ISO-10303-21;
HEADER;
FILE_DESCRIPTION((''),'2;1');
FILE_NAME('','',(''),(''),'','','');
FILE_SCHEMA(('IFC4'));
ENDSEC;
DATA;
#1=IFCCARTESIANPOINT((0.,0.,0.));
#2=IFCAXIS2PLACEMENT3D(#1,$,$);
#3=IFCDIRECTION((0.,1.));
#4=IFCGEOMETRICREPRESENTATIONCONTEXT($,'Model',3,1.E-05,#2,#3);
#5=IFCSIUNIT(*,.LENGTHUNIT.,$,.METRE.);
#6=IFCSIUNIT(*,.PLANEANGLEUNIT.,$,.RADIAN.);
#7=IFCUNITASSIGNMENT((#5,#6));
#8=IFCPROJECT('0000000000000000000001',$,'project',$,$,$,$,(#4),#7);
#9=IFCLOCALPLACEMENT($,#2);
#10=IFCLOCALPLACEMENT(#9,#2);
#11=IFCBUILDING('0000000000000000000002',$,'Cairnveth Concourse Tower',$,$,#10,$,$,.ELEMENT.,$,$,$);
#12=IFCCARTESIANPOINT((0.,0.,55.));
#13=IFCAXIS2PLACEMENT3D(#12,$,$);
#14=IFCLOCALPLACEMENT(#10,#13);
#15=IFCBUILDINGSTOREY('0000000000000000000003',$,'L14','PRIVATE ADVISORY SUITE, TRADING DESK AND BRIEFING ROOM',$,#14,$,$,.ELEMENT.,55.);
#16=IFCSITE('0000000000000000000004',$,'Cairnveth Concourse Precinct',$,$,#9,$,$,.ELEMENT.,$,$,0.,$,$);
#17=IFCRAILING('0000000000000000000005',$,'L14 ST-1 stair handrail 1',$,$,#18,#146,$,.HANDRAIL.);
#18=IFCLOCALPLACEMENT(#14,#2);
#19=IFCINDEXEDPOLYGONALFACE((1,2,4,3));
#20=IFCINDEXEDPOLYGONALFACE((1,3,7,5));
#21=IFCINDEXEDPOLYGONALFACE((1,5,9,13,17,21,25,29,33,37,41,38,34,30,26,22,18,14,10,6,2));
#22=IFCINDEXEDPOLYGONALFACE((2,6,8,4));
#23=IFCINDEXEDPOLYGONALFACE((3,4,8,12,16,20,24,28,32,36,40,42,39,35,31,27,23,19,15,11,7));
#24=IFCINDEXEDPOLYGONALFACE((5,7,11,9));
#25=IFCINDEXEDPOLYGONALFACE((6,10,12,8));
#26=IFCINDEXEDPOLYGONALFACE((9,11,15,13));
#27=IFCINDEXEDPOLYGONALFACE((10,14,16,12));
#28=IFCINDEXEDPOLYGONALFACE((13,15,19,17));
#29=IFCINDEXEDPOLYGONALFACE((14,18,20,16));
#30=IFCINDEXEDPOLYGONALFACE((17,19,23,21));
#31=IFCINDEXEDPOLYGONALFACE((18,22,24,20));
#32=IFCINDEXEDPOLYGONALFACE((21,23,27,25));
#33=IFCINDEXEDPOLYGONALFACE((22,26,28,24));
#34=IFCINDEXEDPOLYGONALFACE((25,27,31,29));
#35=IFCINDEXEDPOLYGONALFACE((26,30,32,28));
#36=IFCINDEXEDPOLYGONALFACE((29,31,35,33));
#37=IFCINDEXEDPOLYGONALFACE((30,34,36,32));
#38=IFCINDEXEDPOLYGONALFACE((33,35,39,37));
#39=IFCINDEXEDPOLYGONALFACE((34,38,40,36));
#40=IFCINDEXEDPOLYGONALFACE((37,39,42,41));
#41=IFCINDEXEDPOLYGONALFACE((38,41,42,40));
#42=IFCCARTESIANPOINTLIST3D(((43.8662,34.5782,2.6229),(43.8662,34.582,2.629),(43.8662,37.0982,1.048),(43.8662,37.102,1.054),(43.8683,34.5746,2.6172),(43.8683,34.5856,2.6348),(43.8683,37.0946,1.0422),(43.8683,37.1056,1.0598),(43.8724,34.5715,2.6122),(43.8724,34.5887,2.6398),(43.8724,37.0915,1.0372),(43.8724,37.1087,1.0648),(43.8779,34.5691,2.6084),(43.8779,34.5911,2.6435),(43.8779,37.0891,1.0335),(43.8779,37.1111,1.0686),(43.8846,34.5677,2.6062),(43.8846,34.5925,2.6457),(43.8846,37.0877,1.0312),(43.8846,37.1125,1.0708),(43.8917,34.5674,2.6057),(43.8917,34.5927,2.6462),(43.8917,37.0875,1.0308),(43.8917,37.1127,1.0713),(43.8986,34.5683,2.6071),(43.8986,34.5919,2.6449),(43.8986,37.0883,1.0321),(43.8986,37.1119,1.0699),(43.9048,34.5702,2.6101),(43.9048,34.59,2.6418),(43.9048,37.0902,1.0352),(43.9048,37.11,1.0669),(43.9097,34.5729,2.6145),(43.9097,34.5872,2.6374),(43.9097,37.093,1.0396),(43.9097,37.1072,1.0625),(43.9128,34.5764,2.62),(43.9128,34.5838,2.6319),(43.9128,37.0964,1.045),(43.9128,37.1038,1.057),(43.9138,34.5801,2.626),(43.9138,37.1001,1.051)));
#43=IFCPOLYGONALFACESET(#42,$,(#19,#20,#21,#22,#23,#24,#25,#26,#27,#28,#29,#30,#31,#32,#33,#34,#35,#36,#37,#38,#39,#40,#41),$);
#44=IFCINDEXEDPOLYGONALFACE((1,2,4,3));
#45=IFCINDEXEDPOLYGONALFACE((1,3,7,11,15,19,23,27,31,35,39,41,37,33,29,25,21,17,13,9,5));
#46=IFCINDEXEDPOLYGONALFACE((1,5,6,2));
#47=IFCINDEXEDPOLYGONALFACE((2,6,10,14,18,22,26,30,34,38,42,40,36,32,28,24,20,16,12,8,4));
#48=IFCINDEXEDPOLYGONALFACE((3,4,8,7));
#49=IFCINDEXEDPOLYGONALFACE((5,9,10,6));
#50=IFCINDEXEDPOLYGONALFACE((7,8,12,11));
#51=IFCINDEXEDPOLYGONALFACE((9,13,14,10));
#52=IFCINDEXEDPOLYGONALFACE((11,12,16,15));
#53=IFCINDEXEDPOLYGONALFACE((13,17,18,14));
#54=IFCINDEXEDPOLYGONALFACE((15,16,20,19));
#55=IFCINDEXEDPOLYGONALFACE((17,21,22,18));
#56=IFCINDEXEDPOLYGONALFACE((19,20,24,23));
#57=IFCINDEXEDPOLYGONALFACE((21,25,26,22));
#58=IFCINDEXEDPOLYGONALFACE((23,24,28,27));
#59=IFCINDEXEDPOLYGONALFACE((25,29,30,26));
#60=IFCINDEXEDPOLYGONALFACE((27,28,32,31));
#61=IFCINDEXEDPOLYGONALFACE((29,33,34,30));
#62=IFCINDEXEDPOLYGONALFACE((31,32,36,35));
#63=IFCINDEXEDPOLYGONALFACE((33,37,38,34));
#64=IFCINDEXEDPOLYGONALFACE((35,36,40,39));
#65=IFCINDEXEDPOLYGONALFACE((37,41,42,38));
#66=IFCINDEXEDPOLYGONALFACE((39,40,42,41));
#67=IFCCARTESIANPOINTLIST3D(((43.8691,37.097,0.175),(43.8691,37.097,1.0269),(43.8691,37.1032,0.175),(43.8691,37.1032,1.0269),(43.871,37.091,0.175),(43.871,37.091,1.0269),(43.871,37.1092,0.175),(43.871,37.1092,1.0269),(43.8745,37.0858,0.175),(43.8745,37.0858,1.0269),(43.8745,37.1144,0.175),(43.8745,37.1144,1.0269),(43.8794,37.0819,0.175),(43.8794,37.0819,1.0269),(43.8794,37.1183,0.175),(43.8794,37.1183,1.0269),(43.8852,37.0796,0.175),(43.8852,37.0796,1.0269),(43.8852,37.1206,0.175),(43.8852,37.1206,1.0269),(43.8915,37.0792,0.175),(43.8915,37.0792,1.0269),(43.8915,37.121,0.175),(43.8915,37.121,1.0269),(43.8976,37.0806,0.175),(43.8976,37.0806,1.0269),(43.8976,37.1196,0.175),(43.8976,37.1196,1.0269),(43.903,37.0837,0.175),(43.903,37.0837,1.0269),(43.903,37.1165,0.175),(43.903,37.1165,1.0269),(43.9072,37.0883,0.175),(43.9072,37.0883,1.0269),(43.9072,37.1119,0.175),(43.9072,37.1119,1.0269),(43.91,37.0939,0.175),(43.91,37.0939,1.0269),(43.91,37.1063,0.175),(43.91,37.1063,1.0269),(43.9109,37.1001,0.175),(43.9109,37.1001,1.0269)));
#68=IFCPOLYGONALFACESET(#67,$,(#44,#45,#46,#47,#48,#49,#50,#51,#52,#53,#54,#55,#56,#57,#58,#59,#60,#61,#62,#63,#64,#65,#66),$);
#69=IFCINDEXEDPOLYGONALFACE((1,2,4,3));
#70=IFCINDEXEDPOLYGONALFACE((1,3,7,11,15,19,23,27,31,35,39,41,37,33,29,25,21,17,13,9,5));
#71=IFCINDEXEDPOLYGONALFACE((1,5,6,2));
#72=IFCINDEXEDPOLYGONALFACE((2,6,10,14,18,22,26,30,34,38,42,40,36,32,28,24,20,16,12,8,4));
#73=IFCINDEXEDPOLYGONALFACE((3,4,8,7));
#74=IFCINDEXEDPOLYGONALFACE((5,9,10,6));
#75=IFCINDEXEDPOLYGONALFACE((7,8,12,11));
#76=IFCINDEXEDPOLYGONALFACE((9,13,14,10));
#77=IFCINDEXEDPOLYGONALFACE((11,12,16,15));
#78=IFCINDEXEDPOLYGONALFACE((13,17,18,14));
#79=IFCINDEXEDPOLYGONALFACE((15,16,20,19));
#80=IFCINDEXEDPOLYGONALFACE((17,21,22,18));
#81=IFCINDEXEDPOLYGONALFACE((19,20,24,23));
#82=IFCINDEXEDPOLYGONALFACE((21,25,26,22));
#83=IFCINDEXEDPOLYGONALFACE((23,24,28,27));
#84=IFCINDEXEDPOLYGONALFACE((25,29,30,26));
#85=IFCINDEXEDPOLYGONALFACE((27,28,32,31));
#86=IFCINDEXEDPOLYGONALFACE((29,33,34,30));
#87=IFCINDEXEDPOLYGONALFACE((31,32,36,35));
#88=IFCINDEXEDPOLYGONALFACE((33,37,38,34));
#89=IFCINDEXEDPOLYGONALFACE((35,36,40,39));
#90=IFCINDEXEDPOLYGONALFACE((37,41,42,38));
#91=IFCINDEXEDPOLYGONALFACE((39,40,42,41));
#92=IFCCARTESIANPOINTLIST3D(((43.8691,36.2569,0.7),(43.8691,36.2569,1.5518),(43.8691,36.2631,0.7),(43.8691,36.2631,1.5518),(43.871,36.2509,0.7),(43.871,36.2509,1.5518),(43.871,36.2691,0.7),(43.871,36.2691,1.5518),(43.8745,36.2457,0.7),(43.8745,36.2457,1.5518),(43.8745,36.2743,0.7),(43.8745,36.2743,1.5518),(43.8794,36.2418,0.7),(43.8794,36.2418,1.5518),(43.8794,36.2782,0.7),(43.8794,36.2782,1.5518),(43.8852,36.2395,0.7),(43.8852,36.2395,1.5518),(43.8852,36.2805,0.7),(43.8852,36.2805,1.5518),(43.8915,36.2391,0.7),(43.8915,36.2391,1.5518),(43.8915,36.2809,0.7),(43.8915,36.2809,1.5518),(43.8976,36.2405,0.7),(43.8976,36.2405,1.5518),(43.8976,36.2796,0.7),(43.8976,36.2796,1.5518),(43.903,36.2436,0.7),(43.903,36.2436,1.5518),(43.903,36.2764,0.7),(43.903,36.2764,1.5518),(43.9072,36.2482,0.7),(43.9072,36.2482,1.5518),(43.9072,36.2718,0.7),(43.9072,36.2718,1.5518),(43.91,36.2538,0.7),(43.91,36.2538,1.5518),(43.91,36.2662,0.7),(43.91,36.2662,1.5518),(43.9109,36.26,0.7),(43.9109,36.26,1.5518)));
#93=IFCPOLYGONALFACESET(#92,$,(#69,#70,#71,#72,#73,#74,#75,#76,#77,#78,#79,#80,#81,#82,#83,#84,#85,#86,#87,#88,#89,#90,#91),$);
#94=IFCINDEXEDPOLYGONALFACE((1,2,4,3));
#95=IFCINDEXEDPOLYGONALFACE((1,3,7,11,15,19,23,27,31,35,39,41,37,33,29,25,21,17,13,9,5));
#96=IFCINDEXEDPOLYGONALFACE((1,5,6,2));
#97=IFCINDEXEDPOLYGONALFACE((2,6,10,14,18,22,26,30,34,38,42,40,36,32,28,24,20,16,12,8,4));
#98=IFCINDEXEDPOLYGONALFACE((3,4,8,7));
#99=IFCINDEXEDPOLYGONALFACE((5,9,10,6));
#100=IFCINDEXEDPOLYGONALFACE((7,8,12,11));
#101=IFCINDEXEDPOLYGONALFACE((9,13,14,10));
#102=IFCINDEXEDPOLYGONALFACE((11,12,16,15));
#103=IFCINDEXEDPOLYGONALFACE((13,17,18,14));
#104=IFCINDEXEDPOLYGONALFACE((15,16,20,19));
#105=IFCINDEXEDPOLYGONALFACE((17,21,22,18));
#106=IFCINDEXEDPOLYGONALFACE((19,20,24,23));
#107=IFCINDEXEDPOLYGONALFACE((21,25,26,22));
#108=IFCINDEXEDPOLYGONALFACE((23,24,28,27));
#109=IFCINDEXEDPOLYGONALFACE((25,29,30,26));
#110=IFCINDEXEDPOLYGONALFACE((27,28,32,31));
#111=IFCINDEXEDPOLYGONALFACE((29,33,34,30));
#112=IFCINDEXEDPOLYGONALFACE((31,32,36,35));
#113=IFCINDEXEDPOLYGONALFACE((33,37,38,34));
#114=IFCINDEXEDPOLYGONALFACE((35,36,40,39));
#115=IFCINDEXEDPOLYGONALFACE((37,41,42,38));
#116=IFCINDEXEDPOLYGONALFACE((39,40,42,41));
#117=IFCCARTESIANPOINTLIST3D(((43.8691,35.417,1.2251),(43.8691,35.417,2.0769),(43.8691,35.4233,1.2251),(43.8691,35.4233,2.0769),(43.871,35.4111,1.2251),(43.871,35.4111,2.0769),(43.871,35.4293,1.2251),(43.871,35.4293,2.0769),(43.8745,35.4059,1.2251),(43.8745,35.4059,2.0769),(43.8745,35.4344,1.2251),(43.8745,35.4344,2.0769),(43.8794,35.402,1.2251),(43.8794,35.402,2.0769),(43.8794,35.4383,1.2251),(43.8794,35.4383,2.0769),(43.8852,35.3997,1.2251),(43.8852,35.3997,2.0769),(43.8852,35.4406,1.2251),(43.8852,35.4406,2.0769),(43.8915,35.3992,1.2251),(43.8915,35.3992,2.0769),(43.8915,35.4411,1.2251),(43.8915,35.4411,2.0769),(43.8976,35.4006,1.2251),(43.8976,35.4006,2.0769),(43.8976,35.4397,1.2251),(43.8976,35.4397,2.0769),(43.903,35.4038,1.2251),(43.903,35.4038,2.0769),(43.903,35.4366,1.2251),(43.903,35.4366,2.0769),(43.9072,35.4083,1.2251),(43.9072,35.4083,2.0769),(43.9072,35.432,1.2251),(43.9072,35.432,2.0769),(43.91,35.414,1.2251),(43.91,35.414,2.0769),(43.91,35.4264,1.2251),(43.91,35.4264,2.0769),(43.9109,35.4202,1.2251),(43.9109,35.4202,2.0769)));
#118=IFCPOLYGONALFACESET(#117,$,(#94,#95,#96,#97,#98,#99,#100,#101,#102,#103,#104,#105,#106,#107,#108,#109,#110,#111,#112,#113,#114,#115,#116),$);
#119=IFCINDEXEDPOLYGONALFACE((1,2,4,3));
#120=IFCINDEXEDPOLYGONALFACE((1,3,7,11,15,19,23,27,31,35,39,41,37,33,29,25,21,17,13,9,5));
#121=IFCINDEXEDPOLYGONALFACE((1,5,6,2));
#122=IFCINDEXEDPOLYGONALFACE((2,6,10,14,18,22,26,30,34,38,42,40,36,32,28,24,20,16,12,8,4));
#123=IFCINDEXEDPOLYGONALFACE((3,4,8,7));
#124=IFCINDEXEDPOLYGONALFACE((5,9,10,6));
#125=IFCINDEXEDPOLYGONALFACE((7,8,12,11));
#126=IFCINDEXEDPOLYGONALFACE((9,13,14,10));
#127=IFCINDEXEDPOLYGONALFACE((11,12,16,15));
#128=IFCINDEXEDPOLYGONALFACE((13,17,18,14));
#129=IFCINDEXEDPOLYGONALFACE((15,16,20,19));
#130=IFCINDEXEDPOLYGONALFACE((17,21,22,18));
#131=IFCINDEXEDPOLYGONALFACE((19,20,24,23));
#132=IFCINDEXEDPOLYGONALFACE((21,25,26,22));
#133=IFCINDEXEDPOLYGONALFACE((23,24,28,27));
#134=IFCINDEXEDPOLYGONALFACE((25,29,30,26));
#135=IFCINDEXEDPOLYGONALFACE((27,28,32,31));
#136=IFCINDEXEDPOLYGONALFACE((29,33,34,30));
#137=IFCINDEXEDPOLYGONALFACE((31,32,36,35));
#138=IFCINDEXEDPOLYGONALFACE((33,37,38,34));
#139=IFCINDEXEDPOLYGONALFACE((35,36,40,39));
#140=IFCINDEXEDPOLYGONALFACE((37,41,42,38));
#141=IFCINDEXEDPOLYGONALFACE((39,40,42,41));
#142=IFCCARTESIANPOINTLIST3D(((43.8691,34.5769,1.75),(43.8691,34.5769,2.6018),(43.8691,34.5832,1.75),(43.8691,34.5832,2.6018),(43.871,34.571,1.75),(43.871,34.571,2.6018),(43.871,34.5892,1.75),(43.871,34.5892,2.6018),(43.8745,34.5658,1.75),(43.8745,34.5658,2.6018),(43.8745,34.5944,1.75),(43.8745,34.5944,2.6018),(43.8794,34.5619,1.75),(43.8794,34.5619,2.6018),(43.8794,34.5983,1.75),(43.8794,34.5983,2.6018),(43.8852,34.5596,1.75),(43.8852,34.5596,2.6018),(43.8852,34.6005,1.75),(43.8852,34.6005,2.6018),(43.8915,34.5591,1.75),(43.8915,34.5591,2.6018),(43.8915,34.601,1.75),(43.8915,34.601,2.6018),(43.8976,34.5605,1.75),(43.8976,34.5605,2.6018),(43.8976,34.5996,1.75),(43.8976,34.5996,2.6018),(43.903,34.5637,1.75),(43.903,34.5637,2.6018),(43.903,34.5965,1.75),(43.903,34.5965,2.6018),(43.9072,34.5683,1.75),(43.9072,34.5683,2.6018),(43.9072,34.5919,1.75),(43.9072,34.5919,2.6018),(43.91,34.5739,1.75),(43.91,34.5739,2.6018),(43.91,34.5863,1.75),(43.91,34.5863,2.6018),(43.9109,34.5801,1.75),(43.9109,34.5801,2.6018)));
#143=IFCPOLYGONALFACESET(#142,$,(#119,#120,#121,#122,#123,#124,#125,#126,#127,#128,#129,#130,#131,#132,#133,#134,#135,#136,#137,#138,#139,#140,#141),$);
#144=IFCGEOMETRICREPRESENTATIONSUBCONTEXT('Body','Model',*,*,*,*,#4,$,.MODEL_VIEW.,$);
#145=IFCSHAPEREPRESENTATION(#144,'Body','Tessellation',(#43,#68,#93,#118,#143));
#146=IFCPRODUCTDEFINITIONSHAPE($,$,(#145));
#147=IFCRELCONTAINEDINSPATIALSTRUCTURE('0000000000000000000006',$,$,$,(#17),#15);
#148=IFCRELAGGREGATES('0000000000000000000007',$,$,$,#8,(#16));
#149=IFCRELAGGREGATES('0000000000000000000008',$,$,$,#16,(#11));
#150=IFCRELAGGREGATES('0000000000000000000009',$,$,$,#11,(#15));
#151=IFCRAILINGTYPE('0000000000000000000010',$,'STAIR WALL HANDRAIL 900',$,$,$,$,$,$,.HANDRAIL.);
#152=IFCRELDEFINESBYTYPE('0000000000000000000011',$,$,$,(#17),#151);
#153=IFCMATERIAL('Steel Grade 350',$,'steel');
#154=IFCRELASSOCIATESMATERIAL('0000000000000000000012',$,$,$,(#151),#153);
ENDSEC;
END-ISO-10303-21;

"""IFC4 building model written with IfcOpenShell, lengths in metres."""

from ifc_helpers import new_model, si_unit, direction, frame, origin, origin_2d, place, context, subcontext, project, spatial, circle, extrude, material, type_object, element, save


model = new_model("IFC4")

# Units and contexts
model_context = context("Model", 3, precision=1e-05, world=origin(), true_north=direction((0.0, 1.0)))
body_context = subcontext(model_context, "Body", "Model", "MODEL_VIEW")
ifc_project = project(units=[si_unit("LENGTHUNIT", "METRE"), si_unit("PLANEANGLEUNIT", "RADIAN")], contexts=[model_context])

# Site, building, storey
site_placement = place(None, origin())
site = spatial("IfcSite", under=ifc_project, at=site_placement, Name="Cairnveth Concourse Precinct", CompositionType="ELEMENT", RefElevation=0.0)
building_placement = place(site_placement, origin())
building = spatial("IfcBuilding", under=site, at=building_placement, Name="Cairnveth Concourse Tower", CompositionType="ELEMENT")
storey_placement = place(building_placement, frame((0.0, 0.0, 55.0)))
storey = spatial("IfcBuildingStorey", under=building, at=storey_placement, Name="L14", Description="PRIVATE ADVISORY SUITE, TRADING DESK AND BRIEFING ROOM", CompositionType="ELEMENT", Elevation=55.0)

# Shared definitions
ifc_material_1 = material(Name="Steel Grade 350", Category="steel")

# Railing
railing_type_1 = type_object("IfcRailingType", Name="STAIR WALL HANDRAIL 900", PredefinedType="HANDRAIL", material=ifc_material_1)
railing_1_placement = place(storey_placement, frame((43.8899, 37.1001, 0.175)))
element("IfcRailing", 1, at=railing_1_placement, inside=storey, type_object=railing_type_1, Name="L14 ST-1 stair handrail 1", PredefinedType="HANDRAIL", context=body_context, shape_type="SweptSolid", body=[
    extrude(circle(Radius=0.0239, at=origin_2d()), frame((0.0, 0.0, 0.876), z_axis=(0.0, -0.848008, 0.529984), x_axis=(1.0, 0.0, 0.0)), (0.0, 0.0, 1.0), 2.9717),
    extrude(circle(Radius=0.021, at=origin_2d()), origin(), (0.0, 0.0, 1.0), 0.8518),
    extrude(circle(Radius=0.021, at=origin_2d()), frame((0.0, -0.8401, 0.5249)), (0.0, 0.0, 1.0), 0.8518),
    extrude(circle(Radius=0.021, at=origin_2d()), frame((0.0, -1.6799, 1.05)), (0.0, 0.0, 1.0), 0.8518),
    extrude(circle(Radius=0.021, at=origin_2d()), frame((0.0, -2.52, 1.575)), (0.0, 0.0, 1.0), 0.8518),
])

save(model, "model.ifc")
